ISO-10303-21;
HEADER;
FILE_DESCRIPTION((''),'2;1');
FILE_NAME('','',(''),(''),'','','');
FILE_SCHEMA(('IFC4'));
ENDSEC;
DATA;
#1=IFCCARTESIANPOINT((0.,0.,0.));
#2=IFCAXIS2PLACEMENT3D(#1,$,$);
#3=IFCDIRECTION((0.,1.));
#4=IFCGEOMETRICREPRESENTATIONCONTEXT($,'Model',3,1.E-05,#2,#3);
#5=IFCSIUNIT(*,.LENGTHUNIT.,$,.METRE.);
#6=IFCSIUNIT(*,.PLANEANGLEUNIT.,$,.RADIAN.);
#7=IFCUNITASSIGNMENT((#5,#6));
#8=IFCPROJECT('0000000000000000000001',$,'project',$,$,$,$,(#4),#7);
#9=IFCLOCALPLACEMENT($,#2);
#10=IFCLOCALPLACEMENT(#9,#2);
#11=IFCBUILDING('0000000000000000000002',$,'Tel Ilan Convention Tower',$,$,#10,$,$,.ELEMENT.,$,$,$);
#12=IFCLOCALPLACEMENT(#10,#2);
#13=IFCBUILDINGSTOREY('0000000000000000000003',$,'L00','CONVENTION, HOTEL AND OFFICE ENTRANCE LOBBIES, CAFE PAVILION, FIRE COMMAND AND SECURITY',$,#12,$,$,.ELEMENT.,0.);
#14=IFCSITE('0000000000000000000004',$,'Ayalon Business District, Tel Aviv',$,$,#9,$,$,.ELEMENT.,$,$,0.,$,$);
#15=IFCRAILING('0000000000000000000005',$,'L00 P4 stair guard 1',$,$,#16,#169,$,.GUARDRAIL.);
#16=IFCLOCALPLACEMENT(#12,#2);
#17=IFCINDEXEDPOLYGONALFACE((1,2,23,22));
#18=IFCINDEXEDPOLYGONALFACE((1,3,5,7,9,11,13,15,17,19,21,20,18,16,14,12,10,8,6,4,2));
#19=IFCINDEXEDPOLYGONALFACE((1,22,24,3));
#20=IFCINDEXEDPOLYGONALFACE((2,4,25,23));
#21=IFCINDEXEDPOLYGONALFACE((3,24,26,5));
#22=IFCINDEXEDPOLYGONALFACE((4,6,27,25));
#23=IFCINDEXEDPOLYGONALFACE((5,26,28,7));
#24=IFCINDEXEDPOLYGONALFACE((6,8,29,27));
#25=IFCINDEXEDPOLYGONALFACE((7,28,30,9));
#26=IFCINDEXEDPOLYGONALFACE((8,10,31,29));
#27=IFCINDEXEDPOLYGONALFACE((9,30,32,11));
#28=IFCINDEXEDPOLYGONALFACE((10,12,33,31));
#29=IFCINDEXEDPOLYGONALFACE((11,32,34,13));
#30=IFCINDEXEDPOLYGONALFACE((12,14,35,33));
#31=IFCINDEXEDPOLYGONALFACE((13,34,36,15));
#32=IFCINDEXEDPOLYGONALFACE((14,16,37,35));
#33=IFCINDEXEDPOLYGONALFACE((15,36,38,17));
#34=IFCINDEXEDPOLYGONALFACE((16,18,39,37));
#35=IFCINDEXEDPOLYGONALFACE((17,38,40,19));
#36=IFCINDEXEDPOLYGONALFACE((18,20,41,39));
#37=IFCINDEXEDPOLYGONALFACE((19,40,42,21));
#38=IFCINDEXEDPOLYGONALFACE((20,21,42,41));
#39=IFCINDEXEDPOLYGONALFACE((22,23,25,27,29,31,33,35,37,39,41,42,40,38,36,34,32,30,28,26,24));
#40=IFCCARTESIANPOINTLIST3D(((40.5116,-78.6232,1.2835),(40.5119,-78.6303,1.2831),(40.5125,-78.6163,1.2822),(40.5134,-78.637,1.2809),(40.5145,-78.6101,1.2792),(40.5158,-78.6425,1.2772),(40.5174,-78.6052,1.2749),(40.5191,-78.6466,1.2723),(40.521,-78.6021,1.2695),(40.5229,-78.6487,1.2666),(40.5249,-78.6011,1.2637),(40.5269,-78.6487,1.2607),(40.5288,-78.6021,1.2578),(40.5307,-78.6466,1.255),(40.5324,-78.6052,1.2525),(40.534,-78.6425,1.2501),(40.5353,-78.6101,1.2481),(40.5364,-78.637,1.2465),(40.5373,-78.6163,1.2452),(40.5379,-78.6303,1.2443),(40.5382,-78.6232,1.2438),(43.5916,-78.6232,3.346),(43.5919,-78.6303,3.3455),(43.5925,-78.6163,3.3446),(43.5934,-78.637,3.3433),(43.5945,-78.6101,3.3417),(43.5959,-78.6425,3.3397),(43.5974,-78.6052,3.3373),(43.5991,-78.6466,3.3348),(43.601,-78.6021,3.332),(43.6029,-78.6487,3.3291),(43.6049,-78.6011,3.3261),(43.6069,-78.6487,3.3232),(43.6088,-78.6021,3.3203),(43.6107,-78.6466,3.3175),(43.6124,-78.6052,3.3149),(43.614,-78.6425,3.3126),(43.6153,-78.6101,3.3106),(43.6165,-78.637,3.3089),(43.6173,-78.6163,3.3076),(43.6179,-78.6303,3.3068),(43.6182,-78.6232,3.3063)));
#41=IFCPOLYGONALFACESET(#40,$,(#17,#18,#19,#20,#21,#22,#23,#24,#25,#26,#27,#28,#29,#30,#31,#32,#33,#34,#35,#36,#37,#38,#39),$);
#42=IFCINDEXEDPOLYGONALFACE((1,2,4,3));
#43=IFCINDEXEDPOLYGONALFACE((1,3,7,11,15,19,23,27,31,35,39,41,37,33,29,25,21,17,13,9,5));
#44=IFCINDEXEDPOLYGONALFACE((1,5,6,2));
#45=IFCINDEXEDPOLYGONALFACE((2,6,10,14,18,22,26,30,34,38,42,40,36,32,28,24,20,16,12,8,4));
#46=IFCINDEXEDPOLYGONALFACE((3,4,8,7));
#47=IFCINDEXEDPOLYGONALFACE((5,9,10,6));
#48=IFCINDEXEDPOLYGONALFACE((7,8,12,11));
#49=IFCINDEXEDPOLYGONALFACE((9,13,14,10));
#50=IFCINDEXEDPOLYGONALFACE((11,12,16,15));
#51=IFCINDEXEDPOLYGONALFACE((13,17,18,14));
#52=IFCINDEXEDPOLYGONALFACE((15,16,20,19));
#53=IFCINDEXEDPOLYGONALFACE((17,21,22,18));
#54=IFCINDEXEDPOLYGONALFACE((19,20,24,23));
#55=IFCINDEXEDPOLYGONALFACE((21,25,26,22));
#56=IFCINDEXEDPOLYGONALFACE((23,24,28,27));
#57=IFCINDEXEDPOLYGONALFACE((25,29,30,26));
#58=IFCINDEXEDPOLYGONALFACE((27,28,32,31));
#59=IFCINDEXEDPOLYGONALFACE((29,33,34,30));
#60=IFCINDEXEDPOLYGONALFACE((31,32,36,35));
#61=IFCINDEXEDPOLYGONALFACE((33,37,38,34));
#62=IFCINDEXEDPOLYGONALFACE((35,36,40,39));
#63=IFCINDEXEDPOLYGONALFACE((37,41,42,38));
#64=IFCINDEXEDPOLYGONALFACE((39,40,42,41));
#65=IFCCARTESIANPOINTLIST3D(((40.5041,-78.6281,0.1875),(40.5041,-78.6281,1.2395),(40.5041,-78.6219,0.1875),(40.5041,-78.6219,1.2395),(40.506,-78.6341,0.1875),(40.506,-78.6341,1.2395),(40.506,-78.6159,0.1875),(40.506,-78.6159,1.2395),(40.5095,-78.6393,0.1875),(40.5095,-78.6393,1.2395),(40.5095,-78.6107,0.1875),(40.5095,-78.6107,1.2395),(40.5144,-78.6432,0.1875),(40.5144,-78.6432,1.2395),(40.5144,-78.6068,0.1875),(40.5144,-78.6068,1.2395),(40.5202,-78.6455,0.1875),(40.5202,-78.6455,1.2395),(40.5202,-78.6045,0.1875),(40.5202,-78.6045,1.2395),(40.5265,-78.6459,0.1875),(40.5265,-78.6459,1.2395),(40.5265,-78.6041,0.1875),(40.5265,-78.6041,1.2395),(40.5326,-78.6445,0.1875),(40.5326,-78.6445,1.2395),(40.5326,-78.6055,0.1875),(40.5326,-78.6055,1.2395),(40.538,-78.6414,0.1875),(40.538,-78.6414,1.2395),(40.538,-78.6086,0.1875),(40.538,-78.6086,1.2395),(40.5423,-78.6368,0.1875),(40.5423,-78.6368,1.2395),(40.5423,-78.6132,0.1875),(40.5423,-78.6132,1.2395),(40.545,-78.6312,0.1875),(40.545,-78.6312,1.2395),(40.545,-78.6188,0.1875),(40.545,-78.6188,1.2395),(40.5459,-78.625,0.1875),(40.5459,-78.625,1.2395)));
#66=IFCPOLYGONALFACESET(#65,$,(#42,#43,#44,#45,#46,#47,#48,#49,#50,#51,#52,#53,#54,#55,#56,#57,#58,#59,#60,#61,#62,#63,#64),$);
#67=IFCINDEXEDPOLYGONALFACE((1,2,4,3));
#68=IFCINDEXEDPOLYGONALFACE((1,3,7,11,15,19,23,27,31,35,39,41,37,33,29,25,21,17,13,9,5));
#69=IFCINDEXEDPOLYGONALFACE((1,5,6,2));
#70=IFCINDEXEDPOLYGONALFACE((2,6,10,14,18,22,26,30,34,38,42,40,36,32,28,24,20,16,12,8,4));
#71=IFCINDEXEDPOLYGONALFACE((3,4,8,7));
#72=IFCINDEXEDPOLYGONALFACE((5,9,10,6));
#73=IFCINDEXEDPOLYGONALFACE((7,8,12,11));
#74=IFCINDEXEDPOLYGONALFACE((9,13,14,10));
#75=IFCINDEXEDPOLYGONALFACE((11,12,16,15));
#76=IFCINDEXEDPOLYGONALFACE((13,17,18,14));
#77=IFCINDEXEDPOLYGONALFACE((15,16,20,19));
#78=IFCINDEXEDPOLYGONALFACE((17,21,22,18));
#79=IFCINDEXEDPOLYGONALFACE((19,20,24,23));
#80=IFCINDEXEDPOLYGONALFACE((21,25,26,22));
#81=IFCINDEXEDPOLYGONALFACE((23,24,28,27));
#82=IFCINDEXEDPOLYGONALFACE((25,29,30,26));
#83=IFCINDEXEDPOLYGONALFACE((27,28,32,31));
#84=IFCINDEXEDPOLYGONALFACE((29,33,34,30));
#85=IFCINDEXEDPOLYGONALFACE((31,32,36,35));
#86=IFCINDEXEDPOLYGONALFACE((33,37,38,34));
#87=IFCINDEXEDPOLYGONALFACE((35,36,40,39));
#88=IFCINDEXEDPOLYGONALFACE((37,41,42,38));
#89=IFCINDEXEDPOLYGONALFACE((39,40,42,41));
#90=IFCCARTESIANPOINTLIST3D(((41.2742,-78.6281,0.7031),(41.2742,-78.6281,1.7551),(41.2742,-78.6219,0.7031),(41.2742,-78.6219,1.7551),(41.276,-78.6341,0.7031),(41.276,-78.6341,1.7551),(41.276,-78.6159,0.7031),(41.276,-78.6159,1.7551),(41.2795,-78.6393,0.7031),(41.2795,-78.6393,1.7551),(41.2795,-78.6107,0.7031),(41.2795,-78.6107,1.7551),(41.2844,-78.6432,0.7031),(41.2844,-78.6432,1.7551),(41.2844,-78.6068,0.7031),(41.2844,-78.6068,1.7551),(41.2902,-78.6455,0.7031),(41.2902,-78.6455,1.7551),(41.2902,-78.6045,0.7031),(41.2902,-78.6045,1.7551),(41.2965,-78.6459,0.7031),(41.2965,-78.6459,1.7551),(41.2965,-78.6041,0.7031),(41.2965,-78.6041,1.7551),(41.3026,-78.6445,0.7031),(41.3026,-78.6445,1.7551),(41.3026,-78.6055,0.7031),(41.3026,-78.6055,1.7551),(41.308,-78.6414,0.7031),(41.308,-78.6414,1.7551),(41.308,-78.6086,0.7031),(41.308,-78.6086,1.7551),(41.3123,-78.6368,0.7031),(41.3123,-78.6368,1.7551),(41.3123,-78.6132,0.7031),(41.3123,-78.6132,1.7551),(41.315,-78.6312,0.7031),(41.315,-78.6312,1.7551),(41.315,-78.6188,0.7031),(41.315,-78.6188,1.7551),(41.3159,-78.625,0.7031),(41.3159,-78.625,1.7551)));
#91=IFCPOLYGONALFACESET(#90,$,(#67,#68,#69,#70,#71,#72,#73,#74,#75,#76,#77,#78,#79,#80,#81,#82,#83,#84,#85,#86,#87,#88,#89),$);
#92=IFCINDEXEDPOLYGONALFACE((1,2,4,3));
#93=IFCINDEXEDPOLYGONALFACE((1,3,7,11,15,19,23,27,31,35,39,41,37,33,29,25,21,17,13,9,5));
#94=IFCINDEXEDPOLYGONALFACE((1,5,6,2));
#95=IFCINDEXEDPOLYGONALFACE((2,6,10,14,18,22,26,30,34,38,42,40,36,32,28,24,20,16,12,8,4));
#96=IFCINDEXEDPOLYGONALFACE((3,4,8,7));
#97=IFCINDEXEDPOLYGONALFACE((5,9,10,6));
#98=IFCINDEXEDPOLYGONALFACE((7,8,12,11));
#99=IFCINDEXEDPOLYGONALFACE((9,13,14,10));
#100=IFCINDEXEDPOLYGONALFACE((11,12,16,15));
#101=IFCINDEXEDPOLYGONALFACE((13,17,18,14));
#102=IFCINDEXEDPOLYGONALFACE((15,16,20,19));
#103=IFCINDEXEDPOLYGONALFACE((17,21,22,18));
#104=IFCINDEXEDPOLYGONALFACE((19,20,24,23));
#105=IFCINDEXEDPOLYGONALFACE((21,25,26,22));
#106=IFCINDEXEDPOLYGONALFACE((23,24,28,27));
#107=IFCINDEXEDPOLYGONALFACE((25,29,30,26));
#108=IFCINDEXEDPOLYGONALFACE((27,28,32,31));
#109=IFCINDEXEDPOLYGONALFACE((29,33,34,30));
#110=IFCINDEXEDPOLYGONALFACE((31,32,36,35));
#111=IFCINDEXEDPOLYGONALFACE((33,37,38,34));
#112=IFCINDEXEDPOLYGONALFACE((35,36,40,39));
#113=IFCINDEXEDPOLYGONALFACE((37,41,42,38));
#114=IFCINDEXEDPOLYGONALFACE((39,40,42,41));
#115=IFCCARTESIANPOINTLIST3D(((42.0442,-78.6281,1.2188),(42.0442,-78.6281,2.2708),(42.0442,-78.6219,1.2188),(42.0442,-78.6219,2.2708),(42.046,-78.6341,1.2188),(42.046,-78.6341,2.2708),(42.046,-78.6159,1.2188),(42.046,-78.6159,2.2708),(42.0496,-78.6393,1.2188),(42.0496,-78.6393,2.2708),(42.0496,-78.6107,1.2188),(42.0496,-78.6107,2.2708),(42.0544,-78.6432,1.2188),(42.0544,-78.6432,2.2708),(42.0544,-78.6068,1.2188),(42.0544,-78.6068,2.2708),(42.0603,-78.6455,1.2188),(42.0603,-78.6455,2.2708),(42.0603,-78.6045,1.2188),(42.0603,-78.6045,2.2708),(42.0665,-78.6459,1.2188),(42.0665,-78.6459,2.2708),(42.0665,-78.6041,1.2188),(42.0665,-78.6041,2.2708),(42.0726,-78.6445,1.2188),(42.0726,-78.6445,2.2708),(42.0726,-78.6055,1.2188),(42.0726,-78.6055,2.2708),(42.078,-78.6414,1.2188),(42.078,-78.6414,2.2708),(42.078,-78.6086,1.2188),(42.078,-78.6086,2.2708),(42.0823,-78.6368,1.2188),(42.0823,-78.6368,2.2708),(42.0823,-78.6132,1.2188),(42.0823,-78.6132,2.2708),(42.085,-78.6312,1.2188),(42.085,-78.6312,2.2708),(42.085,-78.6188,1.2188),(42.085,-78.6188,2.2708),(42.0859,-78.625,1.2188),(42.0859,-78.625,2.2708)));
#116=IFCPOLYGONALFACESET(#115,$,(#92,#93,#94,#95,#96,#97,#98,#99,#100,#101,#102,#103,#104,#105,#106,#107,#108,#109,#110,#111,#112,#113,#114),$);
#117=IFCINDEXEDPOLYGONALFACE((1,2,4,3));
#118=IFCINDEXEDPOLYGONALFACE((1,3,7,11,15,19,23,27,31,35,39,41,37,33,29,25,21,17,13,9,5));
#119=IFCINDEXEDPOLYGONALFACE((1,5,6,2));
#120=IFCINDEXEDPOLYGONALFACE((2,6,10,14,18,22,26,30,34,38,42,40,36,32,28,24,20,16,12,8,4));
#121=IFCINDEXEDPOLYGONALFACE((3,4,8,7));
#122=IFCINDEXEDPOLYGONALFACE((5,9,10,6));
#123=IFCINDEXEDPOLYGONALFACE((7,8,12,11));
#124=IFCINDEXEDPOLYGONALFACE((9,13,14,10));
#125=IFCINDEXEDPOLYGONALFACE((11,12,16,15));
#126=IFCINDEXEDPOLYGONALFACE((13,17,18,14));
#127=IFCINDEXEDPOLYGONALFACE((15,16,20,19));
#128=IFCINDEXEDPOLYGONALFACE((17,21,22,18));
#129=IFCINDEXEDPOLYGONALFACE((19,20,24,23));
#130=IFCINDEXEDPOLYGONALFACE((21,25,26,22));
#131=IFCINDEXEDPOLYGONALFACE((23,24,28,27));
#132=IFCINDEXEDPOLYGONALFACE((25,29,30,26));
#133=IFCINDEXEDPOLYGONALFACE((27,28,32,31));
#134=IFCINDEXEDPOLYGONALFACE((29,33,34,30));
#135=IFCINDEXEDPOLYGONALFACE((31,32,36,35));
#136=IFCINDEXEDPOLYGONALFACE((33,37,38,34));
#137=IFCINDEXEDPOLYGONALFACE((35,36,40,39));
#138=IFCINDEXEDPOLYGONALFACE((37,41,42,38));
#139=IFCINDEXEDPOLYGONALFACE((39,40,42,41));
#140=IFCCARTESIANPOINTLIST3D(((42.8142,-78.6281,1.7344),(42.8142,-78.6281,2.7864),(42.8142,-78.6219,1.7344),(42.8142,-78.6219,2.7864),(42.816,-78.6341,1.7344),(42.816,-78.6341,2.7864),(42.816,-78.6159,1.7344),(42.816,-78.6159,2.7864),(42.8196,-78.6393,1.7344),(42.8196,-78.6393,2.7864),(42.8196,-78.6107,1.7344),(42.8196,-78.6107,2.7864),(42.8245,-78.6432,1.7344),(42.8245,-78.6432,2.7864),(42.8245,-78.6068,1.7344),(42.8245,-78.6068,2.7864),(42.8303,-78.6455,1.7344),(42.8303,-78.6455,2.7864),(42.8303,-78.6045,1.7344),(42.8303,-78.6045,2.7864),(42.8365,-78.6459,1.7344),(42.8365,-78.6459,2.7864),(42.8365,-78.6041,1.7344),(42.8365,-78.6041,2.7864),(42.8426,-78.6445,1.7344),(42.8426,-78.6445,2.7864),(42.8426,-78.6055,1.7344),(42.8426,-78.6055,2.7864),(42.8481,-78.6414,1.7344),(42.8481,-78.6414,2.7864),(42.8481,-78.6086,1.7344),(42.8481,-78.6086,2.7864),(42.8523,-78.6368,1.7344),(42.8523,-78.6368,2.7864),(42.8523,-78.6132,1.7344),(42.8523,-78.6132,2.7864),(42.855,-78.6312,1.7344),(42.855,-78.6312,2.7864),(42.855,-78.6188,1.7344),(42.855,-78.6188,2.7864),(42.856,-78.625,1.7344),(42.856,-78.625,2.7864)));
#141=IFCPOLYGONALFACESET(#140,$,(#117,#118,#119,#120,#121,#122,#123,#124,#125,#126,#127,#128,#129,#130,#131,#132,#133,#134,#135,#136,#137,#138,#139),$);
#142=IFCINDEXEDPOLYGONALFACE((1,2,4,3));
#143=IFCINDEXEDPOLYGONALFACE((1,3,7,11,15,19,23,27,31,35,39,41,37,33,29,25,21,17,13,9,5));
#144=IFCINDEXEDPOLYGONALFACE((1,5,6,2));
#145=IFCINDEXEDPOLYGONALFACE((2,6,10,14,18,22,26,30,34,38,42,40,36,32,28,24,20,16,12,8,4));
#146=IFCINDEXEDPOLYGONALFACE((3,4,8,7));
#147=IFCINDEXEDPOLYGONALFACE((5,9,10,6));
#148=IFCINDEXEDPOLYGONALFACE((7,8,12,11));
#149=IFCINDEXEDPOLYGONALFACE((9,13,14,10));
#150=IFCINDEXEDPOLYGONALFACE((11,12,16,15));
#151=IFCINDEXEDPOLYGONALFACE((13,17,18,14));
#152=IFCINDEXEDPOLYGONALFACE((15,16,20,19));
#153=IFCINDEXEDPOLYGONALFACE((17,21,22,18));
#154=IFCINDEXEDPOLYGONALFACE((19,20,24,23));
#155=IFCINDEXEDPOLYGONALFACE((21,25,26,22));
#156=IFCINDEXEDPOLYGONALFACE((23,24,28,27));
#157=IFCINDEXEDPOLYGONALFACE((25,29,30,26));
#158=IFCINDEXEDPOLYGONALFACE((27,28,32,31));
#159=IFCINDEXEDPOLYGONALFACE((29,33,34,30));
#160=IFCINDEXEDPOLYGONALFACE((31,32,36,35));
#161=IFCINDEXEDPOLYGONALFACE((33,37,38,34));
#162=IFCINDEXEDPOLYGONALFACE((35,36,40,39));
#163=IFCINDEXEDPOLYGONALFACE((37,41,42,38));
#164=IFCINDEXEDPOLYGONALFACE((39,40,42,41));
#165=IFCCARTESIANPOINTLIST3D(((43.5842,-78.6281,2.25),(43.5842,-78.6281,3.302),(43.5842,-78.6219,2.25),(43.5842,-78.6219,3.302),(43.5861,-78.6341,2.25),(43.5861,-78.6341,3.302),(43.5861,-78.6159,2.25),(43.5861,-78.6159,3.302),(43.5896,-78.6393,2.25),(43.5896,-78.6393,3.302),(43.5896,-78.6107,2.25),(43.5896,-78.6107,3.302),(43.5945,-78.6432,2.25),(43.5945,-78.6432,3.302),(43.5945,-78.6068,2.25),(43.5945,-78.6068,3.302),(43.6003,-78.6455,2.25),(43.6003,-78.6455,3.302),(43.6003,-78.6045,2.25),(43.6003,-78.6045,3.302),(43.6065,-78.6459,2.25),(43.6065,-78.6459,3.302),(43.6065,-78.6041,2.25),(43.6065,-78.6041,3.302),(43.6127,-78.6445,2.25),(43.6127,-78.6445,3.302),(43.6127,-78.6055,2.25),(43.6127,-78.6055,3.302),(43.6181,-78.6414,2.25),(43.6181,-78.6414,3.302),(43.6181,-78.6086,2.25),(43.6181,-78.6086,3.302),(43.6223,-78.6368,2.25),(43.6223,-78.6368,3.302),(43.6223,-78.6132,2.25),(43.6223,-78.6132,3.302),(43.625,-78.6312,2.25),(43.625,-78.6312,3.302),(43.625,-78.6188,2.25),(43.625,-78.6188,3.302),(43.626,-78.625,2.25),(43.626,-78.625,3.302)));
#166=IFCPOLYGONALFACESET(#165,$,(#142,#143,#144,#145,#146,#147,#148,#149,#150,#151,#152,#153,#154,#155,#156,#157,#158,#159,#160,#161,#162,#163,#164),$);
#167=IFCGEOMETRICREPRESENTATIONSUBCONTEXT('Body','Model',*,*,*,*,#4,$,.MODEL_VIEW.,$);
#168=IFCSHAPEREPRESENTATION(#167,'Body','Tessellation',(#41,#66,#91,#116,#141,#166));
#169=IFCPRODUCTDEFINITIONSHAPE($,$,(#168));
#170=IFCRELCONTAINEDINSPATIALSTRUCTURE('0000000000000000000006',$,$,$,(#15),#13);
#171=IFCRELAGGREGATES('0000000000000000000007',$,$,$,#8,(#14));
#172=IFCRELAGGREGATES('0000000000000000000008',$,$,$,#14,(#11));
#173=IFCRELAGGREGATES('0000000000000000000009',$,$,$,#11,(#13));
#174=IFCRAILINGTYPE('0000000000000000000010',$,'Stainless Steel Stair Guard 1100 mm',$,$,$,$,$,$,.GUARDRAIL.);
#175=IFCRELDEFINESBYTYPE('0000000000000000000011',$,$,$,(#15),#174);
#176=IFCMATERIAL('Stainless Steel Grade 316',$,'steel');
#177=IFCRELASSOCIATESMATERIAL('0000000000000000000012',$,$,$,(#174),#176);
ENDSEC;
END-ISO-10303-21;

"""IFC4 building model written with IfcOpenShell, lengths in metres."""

from ifc_helpers import new_model, si_unit, direction, frame, origin, origin_2d, place, context, subcontext, project, spatial, circle, extrude, material, type_object, element, save


model = new_model("IFC4")

# Units and contexts
model_context = context("Model", 3, precision=1e-05, world=origin(), true_north=direction((0.0, 1.0)))
body_context = subcontext(model_context, "Body", "Model", "MODEL_VIEW")
ifc_project = project(units=[si_unit("LENGTHUNIT", "METRE"), si_unit("PLANEANGLEUNIT", "RADIAN")], contexts=[model_context])

# Site, building, storey
site_placement = place(None, origin())
site = spatial("IfcSite", under=ifc_project, at=site_placement, Name="Ayalon Business District, Tel Aviv", CompositionType="ELEMENT", RefElevation=0.0)
building_placement = place(site_placement, origin())
building = spatial("IfcBuilding", under=site, at=building_placement, Name="Tel Ilan Convention Tower", CompositionType="ELEMENT")
storey_placement = place(building_placement, origin())
storey = spatial("IfcBuildingStorey", under=building, at=storey_placement, Name="L00", Description="CONVENTION, HOTEL AND OFFICE ENTRANCE LOBBIES, CAFE PAVILION, FIRE COMMAND AND SECURITY", CompositionType="ELEMENT", Elevation=0.0)

# Railing
ifc_material_1 = material(Name="Stainless Steel Grade 316", Category="steel")
railing_type_1 = type_object("IfcRailingType", Name="Stainless Steel Stair Guard 1100 mm", PredefinedType="GUARDRAIL", material=ifc_material_1)
railing_1_placement = place(storey_placement, frame((40.5249, -78.625, 0.1875)))
element("IfcRailing", 1, at=railing_1_placement, inside=storey, type_object=railing_type_1, Name="L00 P4 stair guard 1", PredefinedType="GUARDRAIL", context=body_context, shape_type="SweptSolid", body=[
    extrude(circle(Radius=0.0239, at=origin_2d()), frame((0.0, 0.0, 1.0762), z_axis=(0.830914, 0.0, 0.556401), x_axis=(0.0, 1.0, 0.0)), (0.0, 0.0, 1.0), 3.7068),
    extrude(circle(Radius=0.021, at=origin_2d()), origin(), (0.0, 0.0, 1.0), 1.052),
    extrude(circle(Radius=0.021, at=origin_2d()), frame((0.77, 0.0, 0.5156)), (0.0, 0.0, 1.0), 1.052),
    extrude(circle(Radius=0.021, at=origin_2d()), frame((1.54, 0.0, 1.0312)), (0.0, 0.0, 1.0), 1.052),
    extrude(circle(Radius=0.021, at=origin_2d()), frame((2.3101, 0.0, 1.5469)), (0.0, 0.0, 1.0), 1.052),
    extrude(circle(Radius=0.021, at=origin_2d()), frame((3.0801, 0.0, 2.0625)), (0.0, 0.0, 1.0), 1.052),
])

save(model, "model.ifc")
